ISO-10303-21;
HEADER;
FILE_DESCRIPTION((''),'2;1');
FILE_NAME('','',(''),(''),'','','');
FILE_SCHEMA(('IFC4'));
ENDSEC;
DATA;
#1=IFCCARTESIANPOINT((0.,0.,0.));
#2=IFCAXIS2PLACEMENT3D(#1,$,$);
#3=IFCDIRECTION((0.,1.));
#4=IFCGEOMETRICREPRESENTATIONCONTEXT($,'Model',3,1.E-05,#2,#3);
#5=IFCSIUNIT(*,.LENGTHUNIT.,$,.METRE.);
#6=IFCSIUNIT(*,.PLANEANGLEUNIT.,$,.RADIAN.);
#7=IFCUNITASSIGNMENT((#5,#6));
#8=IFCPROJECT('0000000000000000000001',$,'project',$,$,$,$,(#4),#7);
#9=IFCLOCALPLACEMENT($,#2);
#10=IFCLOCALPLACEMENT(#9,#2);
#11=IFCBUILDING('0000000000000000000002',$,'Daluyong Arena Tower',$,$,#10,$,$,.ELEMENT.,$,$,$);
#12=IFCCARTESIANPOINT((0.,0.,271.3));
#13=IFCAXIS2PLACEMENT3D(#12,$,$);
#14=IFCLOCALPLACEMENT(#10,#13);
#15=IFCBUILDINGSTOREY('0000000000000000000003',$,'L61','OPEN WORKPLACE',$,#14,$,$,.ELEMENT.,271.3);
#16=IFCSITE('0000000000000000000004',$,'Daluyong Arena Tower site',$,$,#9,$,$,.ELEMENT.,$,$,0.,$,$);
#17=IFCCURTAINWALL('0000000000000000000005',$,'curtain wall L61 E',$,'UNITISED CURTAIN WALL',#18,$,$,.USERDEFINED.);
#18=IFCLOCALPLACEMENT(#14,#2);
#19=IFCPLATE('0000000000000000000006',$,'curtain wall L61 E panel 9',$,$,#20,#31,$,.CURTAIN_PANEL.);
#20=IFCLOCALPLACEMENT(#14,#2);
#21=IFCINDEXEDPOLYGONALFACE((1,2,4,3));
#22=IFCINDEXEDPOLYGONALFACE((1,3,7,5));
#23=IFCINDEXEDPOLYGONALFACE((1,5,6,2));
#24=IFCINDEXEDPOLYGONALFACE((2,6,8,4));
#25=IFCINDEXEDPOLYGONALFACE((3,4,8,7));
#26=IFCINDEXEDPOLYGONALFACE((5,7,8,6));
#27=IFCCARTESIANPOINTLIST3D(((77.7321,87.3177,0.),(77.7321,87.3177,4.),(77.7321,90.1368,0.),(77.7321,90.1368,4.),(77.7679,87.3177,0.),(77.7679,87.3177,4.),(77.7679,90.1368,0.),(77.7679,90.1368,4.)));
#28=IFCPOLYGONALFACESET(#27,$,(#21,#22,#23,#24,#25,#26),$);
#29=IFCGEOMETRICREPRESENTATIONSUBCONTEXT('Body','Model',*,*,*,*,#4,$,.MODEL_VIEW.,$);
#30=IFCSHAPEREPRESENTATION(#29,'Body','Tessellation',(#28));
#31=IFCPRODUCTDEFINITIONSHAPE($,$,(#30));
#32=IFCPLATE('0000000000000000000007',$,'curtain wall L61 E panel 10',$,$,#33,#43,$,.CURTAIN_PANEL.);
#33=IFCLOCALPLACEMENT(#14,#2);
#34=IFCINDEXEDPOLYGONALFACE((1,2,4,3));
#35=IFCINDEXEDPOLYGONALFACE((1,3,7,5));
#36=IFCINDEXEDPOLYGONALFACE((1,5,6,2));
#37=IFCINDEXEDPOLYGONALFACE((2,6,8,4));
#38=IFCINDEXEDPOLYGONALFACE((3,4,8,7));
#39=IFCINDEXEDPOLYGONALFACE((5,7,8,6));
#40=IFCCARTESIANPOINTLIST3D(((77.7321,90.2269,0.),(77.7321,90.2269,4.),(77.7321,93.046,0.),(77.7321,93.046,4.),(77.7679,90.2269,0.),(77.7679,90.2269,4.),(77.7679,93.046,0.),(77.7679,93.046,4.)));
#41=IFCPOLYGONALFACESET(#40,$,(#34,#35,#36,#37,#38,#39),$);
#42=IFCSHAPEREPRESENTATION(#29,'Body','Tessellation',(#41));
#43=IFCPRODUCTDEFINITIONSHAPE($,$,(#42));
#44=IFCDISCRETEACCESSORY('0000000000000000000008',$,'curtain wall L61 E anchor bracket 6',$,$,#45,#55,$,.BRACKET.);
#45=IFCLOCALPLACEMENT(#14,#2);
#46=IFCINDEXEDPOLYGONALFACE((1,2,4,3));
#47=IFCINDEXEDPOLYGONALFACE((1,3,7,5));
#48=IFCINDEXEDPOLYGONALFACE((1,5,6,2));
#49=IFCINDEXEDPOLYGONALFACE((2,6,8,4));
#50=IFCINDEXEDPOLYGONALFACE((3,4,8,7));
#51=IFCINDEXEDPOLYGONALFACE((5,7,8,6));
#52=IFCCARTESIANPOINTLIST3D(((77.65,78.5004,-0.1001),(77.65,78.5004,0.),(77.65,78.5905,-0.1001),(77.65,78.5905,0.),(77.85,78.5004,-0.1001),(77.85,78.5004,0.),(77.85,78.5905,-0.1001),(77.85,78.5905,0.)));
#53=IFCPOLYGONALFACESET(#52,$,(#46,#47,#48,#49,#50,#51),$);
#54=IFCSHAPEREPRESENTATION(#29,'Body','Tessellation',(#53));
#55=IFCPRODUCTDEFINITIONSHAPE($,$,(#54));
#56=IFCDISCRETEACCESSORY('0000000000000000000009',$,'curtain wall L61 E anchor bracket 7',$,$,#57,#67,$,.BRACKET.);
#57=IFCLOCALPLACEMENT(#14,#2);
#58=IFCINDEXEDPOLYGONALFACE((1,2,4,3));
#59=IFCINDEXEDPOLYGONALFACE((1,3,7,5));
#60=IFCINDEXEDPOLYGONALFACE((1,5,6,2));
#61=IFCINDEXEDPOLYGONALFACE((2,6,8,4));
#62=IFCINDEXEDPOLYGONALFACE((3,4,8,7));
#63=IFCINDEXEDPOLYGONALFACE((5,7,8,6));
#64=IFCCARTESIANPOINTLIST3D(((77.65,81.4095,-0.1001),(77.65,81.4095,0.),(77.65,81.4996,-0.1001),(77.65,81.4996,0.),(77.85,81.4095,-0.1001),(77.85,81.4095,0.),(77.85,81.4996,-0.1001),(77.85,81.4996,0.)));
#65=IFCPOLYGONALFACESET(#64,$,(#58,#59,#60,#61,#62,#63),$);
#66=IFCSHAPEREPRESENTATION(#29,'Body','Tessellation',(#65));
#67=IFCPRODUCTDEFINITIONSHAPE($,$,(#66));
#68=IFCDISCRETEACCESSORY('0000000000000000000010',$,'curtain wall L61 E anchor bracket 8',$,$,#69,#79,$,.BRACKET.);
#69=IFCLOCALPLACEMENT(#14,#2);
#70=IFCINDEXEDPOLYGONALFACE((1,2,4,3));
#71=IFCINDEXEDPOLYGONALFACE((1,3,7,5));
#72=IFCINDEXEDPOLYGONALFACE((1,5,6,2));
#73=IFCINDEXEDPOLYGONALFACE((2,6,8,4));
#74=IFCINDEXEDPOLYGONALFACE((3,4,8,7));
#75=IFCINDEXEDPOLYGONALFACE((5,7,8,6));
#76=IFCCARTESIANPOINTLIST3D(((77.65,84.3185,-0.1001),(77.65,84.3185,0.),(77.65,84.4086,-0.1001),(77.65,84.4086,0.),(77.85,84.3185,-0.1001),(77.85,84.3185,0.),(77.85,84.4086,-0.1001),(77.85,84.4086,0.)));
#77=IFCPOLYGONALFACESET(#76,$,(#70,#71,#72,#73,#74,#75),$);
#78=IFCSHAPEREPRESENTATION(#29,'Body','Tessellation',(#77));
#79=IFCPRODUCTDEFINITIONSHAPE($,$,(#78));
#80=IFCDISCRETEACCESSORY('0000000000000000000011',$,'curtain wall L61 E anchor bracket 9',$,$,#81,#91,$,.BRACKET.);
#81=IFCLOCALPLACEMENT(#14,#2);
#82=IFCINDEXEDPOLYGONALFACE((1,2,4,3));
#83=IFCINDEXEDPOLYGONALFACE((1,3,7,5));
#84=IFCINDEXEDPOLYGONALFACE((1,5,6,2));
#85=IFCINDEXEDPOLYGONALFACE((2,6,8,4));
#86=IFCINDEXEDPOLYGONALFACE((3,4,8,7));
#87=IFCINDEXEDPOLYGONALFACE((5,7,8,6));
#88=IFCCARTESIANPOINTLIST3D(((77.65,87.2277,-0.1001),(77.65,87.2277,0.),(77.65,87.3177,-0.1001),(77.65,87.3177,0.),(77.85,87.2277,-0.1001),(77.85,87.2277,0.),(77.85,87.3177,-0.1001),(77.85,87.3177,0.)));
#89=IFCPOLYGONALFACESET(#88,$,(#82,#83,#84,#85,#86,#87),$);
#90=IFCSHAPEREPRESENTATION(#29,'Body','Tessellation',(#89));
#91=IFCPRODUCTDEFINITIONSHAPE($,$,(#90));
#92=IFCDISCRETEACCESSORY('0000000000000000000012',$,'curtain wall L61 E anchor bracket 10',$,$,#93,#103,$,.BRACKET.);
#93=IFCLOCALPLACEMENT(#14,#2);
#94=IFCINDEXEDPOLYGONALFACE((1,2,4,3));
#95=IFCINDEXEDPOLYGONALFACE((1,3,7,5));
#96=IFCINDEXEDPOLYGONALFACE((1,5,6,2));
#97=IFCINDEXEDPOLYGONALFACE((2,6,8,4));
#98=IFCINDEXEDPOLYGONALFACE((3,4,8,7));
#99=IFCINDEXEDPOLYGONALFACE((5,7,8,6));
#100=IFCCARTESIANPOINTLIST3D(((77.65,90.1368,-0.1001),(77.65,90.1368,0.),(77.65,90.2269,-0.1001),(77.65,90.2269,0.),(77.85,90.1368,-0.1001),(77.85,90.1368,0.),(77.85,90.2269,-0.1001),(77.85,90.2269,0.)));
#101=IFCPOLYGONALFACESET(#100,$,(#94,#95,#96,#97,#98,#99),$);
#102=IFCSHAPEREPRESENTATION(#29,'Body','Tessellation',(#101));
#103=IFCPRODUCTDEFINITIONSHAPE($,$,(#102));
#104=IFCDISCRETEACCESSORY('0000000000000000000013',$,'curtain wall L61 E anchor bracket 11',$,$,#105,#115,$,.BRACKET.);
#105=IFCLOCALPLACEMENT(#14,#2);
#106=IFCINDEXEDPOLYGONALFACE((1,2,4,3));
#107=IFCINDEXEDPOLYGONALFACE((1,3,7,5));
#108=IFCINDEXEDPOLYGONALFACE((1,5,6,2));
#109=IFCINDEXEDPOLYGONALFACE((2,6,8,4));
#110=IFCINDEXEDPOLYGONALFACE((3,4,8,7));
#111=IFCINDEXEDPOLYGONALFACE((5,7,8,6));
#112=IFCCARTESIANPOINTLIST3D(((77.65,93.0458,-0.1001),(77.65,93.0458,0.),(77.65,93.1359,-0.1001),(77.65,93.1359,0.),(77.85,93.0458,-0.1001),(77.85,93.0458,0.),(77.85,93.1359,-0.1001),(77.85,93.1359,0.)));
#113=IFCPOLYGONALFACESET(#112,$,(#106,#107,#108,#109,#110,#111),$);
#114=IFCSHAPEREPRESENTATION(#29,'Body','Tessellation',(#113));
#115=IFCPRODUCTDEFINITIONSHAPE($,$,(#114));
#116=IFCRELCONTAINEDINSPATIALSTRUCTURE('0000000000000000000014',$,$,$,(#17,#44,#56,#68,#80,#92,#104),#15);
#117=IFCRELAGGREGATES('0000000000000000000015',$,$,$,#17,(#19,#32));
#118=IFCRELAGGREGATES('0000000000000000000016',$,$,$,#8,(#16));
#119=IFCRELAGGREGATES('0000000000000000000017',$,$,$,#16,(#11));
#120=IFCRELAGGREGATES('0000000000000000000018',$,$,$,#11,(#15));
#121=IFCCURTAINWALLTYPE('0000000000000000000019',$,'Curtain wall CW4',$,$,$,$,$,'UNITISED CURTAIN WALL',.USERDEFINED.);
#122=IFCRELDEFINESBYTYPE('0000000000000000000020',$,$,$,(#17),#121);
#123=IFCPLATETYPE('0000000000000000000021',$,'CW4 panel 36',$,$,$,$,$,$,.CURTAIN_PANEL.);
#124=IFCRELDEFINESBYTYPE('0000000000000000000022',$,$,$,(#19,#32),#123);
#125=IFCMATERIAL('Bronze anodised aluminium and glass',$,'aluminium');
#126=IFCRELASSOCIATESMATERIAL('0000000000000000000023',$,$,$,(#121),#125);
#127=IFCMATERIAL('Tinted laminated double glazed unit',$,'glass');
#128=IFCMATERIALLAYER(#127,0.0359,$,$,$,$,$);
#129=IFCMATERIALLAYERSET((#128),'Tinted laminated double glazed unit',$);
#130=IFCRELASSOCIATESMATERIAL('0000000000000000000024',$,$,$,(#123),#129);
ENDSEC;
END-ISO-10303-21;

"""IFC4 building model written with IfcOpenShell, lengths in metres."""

from ifc_helpers import new_model, si_unit, direction, frame, origin, origin_2d, place, context, subcontext, project, spatial, rectangle, extrude, material, layer, layer_set, type_object, element, aggregate, save


model = new_model("IFC4")

# Units and contexts
model_context = context("Model", 3, precision=1e-05, world=origin(), true_north=direction((0.0, 1.0)))
body_context = subcontext(model_context, "Body", "Model", "MODEL_VIEW")
ifc_project = project(units=[si_unit("LENGTHUNIT", "METRE"), si_unit("PLANEANGLEUNIT", "RADIAN")], contexts=[model_context])

# Site, building, storey
site_placement = place(None, origin())
site = spatial("IfcSite", under=ifc_project, at=site_placement, Name="Daluyong Arena Tower site", CompositionType="ELEMENT", RefElevation=0.0)
building_placement = place(site_placement, origin())
building = spatial("IfcBuilding", under=site, at=building_placement, Name="Daluyong Arena Tower", CompositionType="ELEMENT")
storey_placement = place(building_placement, frame((0.0, 0.0, 271.3)))
storey = spatial("IfcBuildingStorey", under=building, at=storey_placement, Name="L61", Description="OPEN WORKPLACE", CompositionType="ELEMENT", Elevation=271.3)

# Curtain wall
ifc_material_1 = material(Name="Bronze anodised aluminium and glass", Category="aluminium")
curtain_wall_type = type_object("IfcCurtainWallType", Name="Curtain wall CW4", ElementType="UNITISED CURTAIN WALL", PredefinedType="USERDEFINED", material=ifc_material_1)
curtain_wall_placement = place(storey_placement, origin())
curtain_wall = element("IfcCurtainWall", 1, at=curtain_wall_placement, inside=storey, type_object=curtain_wall_type, Name="curtain wall L61 E", ObjectType="UNITISED CURTAIN WALL", PredefinedType="USERDEFINED")

# Plates
ifc_material_2 = material(Name="Tinted laminated double glazed unit", Category="glass")
ifc_layer = layer(ifc_material_2, 0.0359)
ifc_layer_set = layer_set([ifc_layer], Name="Tinted laminated double glazed unit")
plate_type = type_object("IfcPlateType", Name="CW4 panel 36", PredefinedType="CURTAIN_PANEL", material=ifc_layer_set)
plate_1_placement = place(storey_placement, frame((77.75, 88.7273, 0.0), z_axis=(0.0, 0.0, 1.0), x_axis=(0.0, 1.0, 0.0)))
plate_1 = element("IfcPlate", 2, at=plate_1_placement, type_object=plate_type, Name="curtain wall L61 E panel 9", PredefinedType="CURTAIN_PANEL", context=body_context, shape_type="SweptSolid", body=[
    extrude(rectangle(XDim=2.8191, YDim=0.0359, at=origin_2d()), origin(), (0.0, 0.0, 1.0), 4.0),
])
plate_2_placement = place(storey_placement, frame((77.75, 91.6365, 0.0), z_axis=(0.0, 0.0, 1.0), x_axis=(0.0, 1.0, 0.0)))
plate_2 = element("IfcPlate", 3, at=plate_2_placement, type_object=plate_type, Name="curtain wall L61 E panel 10", PredefinedType="CURTAIN_PANEL", context=body_context, shape_type="SweptSolid", body=[
    extrude(rectangle(XDim=2.8191, YDim=0.0359, at=origin_2d()), origin(), (0.0, 0.0, 1.0), 4.0),
])
aggregate(curtain_wall, [plate_1, plate_2])

# Discrete accessories
for number, where, z_axis, x_axis, name in (
    (4, (77.75, 78.5454, -0.1001), (0.0, 0.0, 1.0), (0.0, 1.0, 0.0), "curtain wall L61 E anchor bracket 6"),
    (5, (77.75, 81.4546, -0.1001), (0.0, 0.0, 1.0), (0.0, 1.0, 0.0), "curtain wall L61 E anchor bracket 7"),
    (6, (77.75, 84.3635, -0.1001), (0.0, 0.0, 1.0), (0.0, 1.0, 0.0), "curtain wall L61 E anchor bracket 8"),
    (7, (77.75, 87.2727, -0.1001), (0.0, 0.0, 1.0), (0.0, 1.0, 0.0), "curtain wall L61 E anchor bracket 9"),
    (8, (77.75, 90.1819, -0.1001), (0.0, 0.0, 1.0), (0.0, 1.0, 0.0), "curtain wall L61 E anchor bracket 10"),
    (9, (77.75, 93.0908, -0.1001), (0.0, 0.0, 1.0), (0.0, 1.0, 0.0), "curtain wall L61 E anchor bracket 11"),
):
    element("IfcDiscreteAccessory", number, at=place(storey_placement, frame(where, z_axis=z_axis, x_axis=x_axis)), inside=storey, Name=name, PredefinedType="BRACKET", context=body_context, shape_type="SweptSolid", body=[
        extrude(rectangle(XDim=0.0901, YDim=0.2, at=origin_2d()), origin(), (0.0, 0.0, 1.0), 0.1001),
    ])

save(model, "model.ifc")
